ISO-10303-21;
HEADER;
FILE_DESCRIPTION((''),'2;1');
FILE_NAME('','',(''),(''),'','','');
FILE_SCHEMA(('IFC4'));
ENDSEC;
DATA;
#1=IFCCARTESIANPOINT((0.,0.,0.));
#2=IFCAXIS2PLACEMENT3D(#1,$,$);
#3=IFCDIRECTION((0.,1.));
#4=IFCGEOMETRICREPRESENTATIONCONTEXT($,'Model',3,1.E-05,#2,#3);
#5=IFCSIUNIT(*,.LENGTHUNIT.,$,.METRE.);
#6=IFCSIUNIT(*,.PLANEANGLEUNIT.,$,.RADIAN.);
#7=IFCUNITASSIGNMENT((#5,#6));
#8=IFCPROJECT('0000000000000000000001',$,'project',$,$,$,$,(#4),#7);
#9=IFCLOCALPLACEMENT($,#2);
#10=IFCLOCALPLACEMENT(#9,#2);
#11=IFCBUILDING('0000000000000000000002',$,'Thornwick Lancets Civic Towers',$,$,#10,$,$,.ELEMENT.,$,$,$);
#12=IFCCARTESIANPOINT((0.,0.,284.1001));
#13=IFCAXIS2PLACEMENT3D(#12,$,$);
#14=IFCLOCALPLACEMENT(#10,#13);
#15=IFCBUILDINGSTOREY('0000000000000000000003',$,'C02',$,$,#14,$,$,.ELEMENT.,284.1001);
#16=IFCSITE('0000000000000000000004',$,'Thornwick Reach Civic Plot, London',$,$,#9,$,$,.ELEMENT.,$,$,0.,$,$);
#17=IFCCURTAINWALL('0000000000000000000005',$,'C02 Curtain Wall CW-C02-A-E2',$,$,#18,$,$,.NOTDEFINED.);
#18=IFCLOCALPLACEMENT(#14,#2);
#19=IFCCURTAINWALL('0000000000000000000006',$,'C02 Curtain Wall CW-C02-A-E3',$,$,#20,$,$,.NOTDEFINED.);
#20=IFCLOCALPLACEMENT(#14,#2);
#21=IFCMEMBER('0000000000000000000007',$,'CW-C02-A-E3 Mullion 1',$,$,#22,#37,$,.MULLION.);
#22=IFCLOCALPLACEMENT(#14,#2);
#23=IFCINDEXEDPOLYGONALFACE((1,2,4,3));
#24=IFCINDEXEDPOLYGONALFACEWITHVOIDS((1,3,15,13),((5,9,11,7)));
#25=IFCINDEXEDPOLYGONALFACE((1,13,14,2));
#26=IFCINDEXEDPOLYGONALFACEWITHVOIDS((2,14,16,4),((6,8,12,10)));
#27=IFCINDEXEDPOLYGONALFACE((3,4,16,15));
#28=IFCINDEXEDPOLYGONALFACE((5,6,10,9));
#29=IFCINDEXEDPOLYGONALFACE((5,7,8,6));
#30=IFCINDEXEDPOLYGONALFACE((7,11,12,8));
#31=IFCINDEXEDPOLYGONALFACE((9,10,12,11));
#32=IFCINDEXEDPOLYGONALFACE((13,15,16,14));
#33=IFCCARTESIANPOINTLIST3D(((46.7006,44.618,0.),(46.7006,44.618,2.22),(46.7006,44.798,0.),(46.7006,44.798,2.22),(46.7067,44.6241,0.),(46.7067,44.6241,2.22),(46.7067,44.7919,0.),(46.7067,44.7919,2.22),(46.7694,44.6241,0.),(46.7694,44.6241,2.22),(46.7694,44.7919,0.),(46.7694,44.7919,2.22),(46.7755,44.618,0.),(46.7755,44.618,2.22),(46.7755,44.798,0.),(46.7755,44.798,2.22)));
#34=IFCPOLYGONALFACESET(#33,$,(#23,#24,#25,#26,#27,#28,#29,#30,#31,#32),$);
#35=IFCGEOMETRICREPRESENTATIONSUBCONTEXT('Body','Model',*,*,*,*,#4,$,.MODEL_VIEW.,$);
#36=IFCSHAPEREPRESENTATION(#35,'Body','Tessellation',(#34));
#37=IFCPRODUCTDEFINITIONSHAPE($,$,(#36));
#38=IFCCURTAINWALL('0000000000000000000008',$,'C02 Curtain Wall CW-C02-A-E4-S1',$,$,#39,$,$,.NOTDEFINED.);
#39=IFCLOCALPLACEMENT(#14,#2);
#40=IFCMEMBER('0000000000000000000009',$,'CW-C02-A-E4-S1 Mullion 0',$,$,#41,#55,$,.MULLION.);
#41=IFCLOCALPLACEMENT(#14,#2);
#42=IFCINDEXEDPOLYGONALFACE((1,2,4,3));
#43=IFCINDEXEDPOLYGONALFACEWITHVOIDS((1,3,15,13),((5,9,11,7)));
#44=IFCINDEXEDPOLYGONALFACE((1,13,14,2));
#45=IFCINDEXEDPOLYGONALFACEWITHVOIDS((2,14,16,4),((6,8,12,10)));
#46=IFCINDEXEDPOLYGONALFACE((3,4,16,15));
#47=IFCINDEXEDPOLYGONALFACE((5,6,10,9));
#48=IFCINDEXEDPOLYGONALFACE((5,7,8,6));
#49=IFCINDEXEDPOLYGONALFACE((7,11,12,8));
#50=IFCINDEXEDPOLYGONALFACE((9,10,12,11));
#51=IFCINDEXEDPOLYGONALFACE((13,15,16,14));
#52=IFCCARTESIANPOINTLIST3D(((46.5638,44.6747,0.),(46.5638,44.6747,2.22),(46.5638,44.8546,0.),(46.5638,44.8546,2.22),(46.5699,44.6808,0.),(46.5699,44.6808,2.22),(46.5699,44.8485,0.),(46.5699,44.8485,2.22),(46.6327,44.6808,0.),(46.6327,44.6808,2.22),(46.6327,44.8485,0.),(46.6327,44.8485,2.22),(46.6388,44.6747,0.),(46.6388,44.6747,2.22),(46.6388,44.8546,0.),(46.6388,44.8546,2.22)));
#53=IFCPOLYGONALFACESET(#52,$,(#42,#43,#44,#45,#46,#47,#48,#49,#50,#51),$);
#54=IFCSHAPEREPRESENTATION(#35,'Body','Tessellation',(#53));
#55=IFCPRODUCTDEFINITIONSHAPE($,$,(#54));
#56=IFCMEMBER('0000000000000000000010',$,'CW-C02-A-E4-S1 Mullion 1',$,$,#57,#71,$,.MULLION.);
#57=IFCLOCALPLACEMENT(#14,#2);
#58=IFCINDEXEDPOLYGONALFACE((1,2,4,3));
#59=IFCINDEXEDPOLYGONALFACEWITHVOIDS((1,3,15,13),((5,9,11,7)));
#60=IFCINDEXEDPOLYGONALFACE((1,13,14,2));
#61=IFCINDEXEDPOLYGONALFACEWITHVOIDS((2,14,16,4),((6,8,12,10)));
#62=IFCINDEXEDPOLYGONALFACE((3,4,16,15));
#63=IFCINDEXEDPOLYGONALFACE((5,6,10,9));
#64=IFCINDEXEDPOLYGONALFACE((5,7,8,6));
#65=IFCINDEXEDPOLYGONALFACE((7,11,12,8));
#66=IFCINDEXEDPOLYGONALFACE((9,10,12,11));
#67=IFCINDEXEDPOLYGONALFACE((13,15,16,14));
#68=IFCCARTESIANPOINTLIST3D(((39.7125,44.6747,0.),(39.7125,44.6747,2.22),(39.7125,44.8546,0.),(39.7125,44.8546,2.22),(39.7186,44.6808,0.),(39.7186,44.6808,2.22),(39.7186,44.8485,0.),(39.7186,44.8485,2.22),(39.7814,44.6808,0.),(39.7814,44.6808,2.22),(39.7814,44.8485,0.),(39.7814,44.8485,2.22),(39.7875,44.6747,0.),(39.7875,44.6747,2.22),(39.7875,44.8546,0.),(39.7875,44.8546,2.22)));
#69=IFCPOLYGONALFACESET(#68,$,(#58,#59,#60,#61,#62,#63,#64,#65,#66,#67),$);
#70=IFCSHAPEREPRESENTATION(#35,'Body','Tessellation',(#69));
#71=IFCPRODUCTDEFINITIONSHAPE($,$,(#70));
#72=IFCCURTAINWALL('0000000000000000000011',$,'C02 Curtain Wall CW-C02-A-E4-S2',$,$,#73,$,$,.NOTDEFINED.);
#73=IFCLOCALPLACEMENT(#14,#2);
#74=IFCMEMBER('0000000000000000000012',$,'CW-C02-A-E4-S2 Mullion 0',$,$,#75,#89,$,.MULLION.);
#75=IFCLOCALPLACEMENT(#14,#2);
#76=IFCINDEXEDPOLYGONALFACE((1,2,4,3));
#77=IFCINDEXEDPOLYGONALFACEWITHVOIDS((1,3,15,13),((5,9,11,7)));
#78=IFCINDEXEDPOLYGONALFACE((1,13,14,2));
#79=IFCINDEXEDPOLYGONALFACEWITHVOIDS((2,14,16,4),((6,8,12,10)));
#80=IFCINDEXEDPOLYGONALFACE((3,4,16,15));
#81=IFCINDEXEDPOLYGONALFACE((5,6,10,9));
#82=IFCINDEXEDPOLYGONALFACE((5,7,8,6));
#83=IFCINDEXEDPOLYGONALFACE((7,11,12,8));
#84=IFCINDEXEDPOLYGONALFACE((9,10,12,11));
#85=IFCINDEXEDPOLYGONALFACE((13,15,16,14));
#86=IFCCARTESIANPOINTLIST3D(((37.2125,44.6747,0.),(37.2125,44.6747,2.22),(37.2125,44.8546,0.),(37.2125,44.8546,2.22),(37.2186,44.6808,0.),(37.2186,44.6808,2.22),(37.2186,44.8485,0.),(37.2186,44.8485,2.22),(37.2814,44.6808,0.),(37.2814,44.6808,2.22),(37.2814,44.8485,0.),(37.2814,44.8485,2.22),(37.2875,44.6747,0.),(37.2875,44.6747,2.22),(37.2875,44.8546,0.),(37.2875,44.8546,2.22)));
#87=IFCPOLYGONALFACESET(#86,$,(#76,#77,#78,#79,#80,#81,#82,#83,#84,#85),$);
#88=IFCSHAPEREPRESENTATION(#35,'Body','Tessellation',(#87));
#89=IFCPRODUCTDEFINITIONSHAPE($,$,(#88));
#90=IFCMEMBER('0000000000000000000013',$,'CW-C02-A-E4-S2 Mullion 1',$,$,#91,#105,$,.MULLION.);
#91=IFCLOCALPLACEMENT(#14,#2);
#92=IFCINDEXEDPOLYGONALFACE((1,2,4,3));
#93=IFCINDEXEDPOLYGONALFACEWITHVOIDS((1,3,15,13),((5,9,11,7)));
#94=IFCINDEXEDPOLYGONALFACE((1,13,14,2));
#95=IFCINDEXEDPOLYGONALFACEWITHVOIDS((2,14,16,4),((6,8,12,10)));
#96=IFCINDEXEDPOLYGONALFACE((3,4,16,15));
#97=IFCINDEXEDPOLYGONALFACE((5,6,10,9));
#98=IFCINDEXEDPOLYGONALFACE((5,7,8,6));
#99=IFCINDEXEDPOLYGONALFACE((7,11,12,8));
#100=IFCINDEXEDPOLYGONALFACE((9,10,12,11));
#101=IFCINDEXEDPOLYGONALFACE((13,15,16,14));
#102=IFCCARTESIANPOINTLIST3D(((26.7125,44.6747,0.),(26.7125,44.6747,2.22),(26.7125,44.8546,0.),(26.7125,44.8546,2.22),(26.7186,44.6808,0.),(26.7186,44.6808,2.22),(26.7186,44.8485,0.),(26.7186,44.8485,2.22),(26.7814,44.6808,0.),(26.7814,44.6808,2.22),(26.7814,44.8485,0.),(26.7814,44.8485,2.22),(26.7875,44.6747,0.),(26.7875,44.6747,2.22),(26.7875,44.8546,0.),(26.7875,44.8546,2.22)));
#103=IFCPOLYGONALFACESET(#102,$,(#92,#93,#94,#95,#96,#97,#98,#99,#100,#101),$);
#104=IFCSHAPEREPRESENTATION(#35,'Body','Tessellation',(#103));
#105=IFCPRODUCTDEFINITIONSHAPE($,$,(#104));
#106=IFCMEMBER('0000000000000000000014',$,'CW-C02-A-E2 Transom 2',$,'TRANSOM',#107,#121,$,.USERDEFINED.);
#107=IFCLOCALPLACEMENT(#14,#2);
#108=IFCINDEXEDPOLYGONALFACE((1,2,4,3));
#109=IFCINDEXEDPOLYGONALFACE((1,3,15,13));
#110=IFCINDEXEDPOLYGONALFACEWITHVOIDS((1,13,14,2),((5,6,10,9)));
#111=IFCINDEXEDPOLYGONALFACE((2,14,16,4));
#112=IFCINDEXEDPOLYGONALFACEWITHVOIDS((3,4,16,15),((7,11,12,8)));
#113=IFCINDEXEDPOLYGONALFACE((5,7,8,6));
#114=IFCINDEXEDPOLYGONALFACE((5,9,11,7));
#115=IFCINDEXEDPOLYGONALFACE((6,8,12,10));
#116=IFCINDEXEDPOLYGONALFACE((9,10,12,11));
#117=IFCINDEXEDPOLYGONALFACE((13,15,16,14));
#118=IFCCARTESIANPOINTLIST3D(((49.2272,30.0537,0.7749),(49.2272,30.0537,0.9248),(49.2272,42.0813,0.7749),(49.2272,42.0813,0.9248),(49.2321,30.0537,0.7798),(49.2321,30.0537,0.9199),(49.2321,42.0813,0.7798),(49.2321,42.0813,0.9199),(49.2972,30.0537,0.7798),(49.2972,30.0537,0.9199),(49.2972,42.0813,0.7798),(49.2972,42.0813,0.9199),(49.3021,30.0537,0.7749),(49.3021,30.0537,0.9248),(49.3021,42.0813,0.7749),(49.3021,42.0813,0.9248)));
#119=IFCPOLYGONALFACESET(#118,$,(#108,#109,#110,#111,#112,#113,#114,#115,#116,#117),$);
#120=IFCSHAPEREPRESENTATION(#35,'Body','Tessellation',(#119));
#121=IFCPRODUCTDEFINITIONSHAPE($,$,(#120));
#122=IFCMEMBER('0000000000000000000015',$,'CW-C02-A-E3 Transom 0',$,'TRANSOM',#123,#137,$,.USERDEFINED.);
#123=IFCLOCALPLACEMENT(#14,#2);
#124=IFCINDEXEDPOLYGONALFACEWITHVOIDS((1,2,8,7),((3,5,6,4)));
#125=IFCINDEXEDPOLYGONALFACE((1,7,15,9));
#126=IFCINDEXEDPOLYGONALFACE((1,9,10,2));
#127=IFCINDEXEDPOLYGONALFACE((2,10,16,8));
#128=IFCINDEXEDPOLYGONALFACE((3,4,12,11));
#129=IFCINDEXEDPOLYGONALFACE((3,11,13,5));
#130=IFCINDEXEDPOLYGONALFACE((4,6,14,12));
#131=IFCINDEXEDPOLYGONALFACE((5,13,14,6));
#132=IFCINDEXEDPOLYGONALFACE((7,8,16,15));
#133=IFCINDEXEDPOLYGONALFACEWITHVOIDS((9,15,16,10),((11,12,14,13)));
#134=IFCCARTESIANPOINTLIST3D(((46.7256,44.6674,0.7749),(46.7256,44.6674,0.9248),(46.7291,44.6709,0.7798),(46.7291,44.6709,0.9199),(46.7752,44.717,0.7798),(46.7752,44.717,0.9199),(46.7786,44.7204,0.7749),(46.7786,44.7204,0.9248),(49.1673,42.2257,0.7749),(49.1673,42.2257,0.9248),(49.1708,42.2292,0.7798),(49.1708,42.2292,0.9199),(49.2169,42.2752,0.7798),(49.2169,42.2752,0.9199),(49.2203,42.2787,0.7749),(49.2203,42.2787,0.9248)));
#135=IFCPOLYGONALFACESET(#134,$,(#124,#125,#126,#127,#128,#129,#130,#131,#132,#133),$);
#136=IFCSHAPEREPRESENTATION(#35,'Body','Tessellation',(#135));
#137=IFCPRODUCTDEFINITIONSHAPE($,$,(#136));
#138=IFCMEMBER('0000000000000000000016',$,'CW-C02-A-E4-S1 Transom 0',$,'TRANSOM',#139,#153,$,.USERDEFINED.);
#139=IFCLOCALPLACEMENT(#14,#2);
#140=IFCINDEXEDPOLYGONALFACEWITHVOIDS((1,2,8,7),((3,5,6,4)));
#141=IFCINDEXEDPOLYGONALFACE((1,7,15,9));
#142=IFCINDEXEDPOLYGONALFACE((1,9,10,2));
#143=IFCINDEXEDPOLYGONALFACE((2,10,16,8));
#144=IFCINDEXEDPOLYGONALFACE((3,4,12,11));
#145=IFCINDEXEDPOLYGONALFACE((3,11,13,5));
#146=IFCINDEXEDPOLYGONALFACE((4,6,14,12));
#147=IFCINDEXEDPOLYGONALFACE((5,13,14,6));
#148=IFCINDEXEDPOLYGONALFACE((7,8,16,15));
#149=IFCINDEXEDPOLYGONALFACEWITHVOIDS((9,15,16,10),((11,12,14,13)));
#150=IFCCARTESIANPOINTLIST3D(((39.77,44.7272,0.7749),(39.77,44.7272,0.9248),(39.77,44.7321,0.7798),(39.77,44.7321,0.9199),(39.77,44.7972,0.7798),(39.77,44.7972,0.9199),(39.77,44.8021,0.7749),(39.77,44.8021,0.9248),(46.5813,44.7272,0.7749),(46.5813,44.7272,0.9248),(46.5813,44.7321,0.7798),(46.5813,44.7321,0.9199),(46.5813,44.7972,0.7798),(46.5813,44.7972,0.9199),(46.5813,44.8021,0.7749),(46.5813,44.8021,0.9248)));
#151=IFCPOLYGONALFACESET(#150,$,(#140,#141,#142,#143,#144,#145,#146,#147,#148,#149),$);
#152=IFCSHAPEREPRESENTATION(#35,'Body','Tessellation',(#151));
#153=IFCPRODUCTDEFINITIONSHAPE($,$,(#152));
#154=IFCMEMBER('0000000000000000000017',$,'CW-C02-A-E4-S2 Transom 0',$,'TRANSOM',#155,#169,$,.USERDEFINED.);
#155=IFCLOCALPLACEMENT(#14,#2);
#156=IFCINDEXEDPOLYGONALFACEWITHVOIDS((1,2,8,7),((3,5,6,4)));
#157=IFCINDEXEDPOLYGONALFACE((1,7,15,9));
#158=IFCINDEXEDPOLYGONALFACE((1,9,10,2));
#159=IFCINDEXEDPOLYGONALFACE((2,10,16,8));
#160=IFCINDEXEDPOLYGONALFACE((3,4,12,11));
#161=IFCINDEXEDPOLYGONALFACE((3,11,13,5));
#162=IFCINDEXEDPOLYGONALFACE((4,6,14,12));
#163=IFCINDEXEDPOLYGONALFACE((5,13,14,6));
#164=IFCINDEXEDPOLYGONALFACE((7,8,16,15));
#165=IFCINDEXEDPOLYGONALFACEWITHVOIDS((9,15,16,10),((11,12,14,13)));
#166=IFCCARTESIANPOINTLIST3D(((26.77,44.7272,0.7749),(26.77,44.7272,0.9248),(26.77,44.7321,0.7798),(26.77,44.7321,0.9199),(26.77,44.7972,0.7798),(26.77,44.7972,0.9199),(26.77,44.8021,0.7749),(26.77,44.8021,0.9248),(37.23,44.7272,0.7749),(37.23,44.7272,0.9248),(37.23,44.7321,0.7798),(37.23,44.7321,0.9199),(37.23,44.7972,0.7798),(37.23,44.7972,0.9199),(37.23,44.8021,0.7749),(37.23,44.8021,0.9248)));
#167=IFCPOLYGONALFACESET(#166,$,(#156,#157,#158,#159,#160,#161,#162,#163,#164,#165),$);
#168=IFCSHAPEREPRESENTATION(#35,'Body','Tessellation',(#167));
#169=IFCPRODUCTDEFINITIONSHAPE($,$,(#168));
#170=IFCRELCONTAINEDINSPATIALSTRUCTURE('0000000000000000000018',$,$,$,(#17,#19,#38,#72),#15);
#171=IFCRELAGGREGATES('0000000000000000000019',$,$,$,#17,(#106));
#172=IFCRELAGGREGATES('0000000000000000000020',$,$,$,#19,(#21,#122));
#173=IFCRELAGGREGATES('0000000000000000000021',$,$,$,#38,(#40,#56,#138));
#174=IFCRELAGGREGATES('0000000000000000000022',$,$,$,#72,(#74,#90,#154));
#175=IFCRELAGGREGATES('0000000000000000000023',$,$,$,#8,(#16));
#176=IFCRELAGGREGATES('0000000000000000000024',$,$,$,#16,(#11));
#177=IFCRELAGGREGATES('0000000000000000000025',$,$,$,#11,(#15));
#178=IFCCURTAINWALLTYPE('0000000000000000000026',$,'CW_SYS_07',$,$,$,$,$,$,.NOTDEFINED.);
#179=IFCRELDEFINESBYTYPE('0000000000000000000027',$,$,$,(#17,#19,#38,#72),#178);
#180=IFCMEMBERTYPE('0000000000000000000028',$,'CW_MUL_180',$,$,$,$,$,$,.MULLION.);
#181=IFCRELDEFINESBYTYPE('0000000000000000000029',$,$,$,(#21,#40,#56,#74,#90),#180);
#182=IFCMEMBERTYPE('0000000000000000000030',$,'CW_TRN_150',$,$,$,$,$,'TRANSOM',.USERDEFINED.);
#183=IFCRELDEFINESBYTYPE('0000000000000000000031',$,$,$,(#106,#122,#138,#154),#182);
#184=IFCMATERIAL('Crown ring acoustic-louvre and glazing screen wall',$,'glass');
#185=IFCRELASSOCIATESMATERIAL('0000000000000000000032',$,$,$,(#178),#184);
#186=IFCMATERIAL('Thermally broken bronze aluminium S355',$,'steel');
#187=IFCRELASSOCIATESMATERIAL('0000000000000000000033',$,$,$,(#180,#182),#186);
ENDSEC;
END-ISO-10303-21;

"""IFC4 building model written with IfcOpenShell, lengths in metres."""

from ifc_helpers import new_model, si_unit, direction, frame, origin, origin_2d, place, context, subcontext, project, spatial, hollow_rectangle, extrude, material, material_profile, profile_set, type_object, element, aggregate, save


model = new_model("IFC4")

# Units and contexts
model_context = context("Model", 3, precision=1e-05, world=origin(), true_north=direction((0.0, 1.0)))
body_context = subcontext(model_context, "Body", "Model", "MODEL_VIEW")
ifc_project = project(units=[si_unit("LENGTHUNIT", "METRE"), si_unit("PLANEANGLEUNIT", "RADIAN")], contexts=[model_context])

# Site, building, storey
site_placement = place(None, origin())
site = spatial("IfcSite", under=ifc_project, at=site_placement, Name="Thornwick Reach Civic Plot, London", CompositionType="ELEMENT", RefElevation=0.0)
building_placement = place(site_placement, origin())
building = spatial("IfcBuilding", under=site, at=building_placement, Name="Thornwick Lancets Civic Towers", CompositionType="ELEMENT")
storey_placement = place(building_placement, frame((0.0, 0.0, 284.1001)))
storey = spatial("IfcBuildingStorey", under=building, at=storey_placement, Name="C02", CompositionType="ELEMENT", Elevation=284.1001)

# Curtain walls, members
ifc_material_1 = material(Name="Crown ring acoustic-louvre and glazing screen wall", Category="glass")
curtain_wall_type = type_object("IfcCurtainWallType", Name="CW_SYS_07", PredefinedType="NOTDEFINED", material=ifc_material_1)
curtain_wall_1_placement = place(storey_placement, origin())
curtain_wall_1 = element("IfcCurtainWall", 1, at=curtain_wall_1_placement, inside=storey, type_object=curtain_wall_type, Name="C02 Curtain Wall CW-C02-A-E2", PredefinedType="NOTDEFINED")
ifc_material_2 = material(Name="Thermally broken bronze aluminium S355", Category="steel")
ifc_material_profile_1 = material_profile(ifc_material_2, hollow_rectangle(XDim=0.075, YDim=0.1799, WallThickness=0.0061, at=origin_2d()), Name="RHS 180x75x6")
ifc_profile_set_1 = profile_set([ifc_material_profile_1], Name="Thermally broken bronze aluminium S355")
member_type_1 = type_object("IfcMemberType", Name="CW_MUL_180", PredefinedType="MULLION", material=ifc_profile_set_1)
curtain_wall_2_placement = place(storey_placement, origin())
curtain_wall_2 = element("IfcCurtainWall", 2, at=curtain_wall_2_placement, inside=storey, type_object=curtain_wall_type, Name="C02 Curtain Wall CW-C02-A-E3", PredefinedType="NOTDEFINED")
member_1_placement = place(storey_placement, frame((46.738, 44.708, 0.0), z_axis=(0.0, 0.0, 1.0), x_axis=(1.0, 0.0, 0.0)))
member_1 = element("IfcMember", 3, at=member_1_placement, type_object=member_type_1, Name="CW-C02-A-E3 Mullion 1", PredefinedType="MULLION", context=body_context, shape_type="SweptSolid", body=[
    extrude(hollow_rectangle(XDim=0.075, YDim=0.1799, WallThickness=0.0061, at=origin_2d()), origin(), (0.0, 0.0, 1.0), 2.22),
])
curtain_wall_3_placement = place(storey_placement, origin())
curtain_wall_3 = element("IfcCurtainWall", 4, at=curtain_wall_3_placement, inside=storey, type_object=curtain_wall_type, Name="C02 Curtain Wall CW-C02-A-E4-S1", PredefinedType="NOTDEFINED")
member_2_placement = place(storey_placement, frame((46.6013, 44.7646, 0.0), z_axis=(0.0, 0.0, 1.0), x_axis=(1.0, 0.0, 0.0)))
member_2 = element("IfcMember", 5, at=member_2_placement, type_object=member_type_1, Name="CW-C02-A-E4-S1 Mullion 0", PredefinedType="MULLION", context=body_context, shape_type="SweptSolid", body=[
    extrude(hollow_rectangle(XDim=0.075, YDim=0.1799, WallThickness=0.0061, at=origin_2d()), origin(), (0.0, 0.0, 1.0), 2.22),
])
member_3_placement = place(storey_placement, frame((39.75, 44.7646, 0.0), z_axis=(0.0, 0.0, 1.0), x_axis=(1.0, 0.0, 0.0)))
member_3 = element("IfcMember", 6, at=member_3_placement, type_object=member_type_1, Name="CW-C02-A-E4-S1 Mullion 1", PredefinedType="MULLION", context=body_context, shape_type="SweptSolid", body=[
    extrude(hollow_rectangle(XDim=0.075, YDim=0.1799, WallThickness=0.0061, at=origin_2d()), origin(), (0.0, 0.0, 1.0), 2.22),
])
curtain_wall_4_placement = place(storey_placement, origin())
curtain_wall_4 = element("IfcCurtainWall", 7, at=curtain_wall_4_placement, inside=storey, type_object=curtain_wall_type, Name="C02 Curtain Wall CW-C02-A-E4-S2", PredefinedType="NOTDEFINED")
member_4_placement = place(storey_placement, frame((37.25, 44.7646, 0.0), z_axis=(0.0, 0.0, 1.0), x_axis=(1.0, 0.0, 0.0)))
member_4 = element("IfcMember", 8, at=member_4_placement, type_object=member_type_1, Name="CW-C02-A-E4-S2 Mullion 0", PredefinedType="MULLION", context=body_context, shape_type="SweptSolid", body=[
    extrude(hollow_rectangle(XDim=0.075, YDim=0.1799, WallThickness=0.0061, at=origin_2d()), origin(), (0.0, 0.0, 1.0), 2.22),
])
member_5_placement = place(storey_placement, frame((26.75, 44.7646, 0.0), z_axis=(0.0, 0.0, 1.0), x_axis=(1.0, 0.0, 0.0)))
member_5 = element("IfcMember", 9, at=member_5_placement, type_object=member_type_1, Name="CW-C02-A-E4-S2 Mullion 1", PredefinedType="MULLION", context=body_context, shape_type="SweptSolid", body=[
    extrude(hollow_rectangle(XDim=0.075, YDim=0.1799, WallThickness=0.0061, at=origin_2d()), origin(), (0.0, 0.0, 1.0), 2.22),
])

# Members
ifc_material_profile_2 = material_profile(ifc_material_2, hollow_rectangle(XDim=0.075, YDim=0.1499, WallThickness=0.0049, at=origin_2d()), Name="RHS 150x75x5")
ifc_profile_set_2 = profile_set([ifc_material_profile_2], Name="Thermally broken bronze aluminium S355")
member_type_2 = type_object("IfcMemberType", Name="CW_TRN_150", ElementType="TRANSOM", PredefinedType="USERDEFINED", material=ifc_profile_set_2)
member_6_placement = place(storey_placement, frame((49.2646, 30.0537, 0.8499), z_axis=(0.0, 1.0, 0.0), x_axis=(-1.0, 0.0, 0.0)))
member_6 = element("IfcMember", 10, at=member_6_placement, type_object=member_type_2, Name="CW-C02-A-E2 Transom 2", ObjectType="TRANSOM", PredefinedType="USERDEFINED", context=body_context, shape_type="SweptSolid", body=[
    extrude(hollow_rectangle(XDim=0.075, YDim=0.1499, WallThickness=0.0049, at=origin_2d()), origin(), (0.0, 0.0, 1.0), 12.0276),
])
member_7_placement = place(storey_placement, frame((49.1938, 42.2522, 0.8499), z_axis=(-0.707107, 0.707107, 0.0), x_axis=(-0.707107, -0.707107, 0.0)))
member_7 = element("IfcMember", 11, at=member_7_placement, type_object=member_type_2, Name="CW-C02-A-E3 Transom 0", ObjectType="TRANSOM", PredefinedType="USERDEFINED", context=body_context, shape_type="SweptSolid", body=[
    extrude(hollow_rectangle(XDim=0.075, YDim=0.1499, WallThickness=0.0049, at=origin_2d()), origin(), (0.0, 0.0, 1.0), 3.4531),
])
member_8_placement = place(storey_placement, frame((46.5813, 44.7646, 0.8499), z_axis=(-1.0, 0.0, 0.0), x_axis=(0.0, -1.0, 0.0)))
member_8 = element("IfcMember", 12, at=member_8_placement, type_object=member_type_2, Name="CW-C02-A-E4-S1 Transom 0", ObjectType="TRANSOM", PredefinedType="USERDEFINED", context=body_context, shape_type="SweptSolid", body=[
    extrude(hollow_rectangle(XDim=0.075, YDim=0.1499, WallThickness=0.0049, at=origin_2d()), origin(), (0.0, 0.0, 1.0), 6.8113),
])
member_9_placement = place(storey_placement, frame((37.23, 44.7646, 0.8499), z_axis=(-1.0, 0.0, 0.0), x_axis=(0.0, -1.0, 0.0)))
member_9 = element("IfcMember", 13, at=member_9_placement, type_object=member_type_2, Name="CW-C02-A-E4-S2 Transom 0", ObjectType="TRANSOM", PredefinedType="USERDEFINED", context=body_context, shape_type="SweptSolid", body=[
    extrude(hollow_rectangle(XDim=0.075, YDim=0.1499, WallThickness=0.0049, at=origin_2d()), origin(), (0.0, 0.0, 1.0), 10.46),
])

aggregate(curtain_wall_1, [member_6])
aggregate(curtain_wall_2, [member_1, member_7])
aggregate(curtain_wall_3, [member_2, member_3, member_8])
aggregate(curtain_wall_4, [member_4, member_5, member_9])

save(model, "model.ifc")
